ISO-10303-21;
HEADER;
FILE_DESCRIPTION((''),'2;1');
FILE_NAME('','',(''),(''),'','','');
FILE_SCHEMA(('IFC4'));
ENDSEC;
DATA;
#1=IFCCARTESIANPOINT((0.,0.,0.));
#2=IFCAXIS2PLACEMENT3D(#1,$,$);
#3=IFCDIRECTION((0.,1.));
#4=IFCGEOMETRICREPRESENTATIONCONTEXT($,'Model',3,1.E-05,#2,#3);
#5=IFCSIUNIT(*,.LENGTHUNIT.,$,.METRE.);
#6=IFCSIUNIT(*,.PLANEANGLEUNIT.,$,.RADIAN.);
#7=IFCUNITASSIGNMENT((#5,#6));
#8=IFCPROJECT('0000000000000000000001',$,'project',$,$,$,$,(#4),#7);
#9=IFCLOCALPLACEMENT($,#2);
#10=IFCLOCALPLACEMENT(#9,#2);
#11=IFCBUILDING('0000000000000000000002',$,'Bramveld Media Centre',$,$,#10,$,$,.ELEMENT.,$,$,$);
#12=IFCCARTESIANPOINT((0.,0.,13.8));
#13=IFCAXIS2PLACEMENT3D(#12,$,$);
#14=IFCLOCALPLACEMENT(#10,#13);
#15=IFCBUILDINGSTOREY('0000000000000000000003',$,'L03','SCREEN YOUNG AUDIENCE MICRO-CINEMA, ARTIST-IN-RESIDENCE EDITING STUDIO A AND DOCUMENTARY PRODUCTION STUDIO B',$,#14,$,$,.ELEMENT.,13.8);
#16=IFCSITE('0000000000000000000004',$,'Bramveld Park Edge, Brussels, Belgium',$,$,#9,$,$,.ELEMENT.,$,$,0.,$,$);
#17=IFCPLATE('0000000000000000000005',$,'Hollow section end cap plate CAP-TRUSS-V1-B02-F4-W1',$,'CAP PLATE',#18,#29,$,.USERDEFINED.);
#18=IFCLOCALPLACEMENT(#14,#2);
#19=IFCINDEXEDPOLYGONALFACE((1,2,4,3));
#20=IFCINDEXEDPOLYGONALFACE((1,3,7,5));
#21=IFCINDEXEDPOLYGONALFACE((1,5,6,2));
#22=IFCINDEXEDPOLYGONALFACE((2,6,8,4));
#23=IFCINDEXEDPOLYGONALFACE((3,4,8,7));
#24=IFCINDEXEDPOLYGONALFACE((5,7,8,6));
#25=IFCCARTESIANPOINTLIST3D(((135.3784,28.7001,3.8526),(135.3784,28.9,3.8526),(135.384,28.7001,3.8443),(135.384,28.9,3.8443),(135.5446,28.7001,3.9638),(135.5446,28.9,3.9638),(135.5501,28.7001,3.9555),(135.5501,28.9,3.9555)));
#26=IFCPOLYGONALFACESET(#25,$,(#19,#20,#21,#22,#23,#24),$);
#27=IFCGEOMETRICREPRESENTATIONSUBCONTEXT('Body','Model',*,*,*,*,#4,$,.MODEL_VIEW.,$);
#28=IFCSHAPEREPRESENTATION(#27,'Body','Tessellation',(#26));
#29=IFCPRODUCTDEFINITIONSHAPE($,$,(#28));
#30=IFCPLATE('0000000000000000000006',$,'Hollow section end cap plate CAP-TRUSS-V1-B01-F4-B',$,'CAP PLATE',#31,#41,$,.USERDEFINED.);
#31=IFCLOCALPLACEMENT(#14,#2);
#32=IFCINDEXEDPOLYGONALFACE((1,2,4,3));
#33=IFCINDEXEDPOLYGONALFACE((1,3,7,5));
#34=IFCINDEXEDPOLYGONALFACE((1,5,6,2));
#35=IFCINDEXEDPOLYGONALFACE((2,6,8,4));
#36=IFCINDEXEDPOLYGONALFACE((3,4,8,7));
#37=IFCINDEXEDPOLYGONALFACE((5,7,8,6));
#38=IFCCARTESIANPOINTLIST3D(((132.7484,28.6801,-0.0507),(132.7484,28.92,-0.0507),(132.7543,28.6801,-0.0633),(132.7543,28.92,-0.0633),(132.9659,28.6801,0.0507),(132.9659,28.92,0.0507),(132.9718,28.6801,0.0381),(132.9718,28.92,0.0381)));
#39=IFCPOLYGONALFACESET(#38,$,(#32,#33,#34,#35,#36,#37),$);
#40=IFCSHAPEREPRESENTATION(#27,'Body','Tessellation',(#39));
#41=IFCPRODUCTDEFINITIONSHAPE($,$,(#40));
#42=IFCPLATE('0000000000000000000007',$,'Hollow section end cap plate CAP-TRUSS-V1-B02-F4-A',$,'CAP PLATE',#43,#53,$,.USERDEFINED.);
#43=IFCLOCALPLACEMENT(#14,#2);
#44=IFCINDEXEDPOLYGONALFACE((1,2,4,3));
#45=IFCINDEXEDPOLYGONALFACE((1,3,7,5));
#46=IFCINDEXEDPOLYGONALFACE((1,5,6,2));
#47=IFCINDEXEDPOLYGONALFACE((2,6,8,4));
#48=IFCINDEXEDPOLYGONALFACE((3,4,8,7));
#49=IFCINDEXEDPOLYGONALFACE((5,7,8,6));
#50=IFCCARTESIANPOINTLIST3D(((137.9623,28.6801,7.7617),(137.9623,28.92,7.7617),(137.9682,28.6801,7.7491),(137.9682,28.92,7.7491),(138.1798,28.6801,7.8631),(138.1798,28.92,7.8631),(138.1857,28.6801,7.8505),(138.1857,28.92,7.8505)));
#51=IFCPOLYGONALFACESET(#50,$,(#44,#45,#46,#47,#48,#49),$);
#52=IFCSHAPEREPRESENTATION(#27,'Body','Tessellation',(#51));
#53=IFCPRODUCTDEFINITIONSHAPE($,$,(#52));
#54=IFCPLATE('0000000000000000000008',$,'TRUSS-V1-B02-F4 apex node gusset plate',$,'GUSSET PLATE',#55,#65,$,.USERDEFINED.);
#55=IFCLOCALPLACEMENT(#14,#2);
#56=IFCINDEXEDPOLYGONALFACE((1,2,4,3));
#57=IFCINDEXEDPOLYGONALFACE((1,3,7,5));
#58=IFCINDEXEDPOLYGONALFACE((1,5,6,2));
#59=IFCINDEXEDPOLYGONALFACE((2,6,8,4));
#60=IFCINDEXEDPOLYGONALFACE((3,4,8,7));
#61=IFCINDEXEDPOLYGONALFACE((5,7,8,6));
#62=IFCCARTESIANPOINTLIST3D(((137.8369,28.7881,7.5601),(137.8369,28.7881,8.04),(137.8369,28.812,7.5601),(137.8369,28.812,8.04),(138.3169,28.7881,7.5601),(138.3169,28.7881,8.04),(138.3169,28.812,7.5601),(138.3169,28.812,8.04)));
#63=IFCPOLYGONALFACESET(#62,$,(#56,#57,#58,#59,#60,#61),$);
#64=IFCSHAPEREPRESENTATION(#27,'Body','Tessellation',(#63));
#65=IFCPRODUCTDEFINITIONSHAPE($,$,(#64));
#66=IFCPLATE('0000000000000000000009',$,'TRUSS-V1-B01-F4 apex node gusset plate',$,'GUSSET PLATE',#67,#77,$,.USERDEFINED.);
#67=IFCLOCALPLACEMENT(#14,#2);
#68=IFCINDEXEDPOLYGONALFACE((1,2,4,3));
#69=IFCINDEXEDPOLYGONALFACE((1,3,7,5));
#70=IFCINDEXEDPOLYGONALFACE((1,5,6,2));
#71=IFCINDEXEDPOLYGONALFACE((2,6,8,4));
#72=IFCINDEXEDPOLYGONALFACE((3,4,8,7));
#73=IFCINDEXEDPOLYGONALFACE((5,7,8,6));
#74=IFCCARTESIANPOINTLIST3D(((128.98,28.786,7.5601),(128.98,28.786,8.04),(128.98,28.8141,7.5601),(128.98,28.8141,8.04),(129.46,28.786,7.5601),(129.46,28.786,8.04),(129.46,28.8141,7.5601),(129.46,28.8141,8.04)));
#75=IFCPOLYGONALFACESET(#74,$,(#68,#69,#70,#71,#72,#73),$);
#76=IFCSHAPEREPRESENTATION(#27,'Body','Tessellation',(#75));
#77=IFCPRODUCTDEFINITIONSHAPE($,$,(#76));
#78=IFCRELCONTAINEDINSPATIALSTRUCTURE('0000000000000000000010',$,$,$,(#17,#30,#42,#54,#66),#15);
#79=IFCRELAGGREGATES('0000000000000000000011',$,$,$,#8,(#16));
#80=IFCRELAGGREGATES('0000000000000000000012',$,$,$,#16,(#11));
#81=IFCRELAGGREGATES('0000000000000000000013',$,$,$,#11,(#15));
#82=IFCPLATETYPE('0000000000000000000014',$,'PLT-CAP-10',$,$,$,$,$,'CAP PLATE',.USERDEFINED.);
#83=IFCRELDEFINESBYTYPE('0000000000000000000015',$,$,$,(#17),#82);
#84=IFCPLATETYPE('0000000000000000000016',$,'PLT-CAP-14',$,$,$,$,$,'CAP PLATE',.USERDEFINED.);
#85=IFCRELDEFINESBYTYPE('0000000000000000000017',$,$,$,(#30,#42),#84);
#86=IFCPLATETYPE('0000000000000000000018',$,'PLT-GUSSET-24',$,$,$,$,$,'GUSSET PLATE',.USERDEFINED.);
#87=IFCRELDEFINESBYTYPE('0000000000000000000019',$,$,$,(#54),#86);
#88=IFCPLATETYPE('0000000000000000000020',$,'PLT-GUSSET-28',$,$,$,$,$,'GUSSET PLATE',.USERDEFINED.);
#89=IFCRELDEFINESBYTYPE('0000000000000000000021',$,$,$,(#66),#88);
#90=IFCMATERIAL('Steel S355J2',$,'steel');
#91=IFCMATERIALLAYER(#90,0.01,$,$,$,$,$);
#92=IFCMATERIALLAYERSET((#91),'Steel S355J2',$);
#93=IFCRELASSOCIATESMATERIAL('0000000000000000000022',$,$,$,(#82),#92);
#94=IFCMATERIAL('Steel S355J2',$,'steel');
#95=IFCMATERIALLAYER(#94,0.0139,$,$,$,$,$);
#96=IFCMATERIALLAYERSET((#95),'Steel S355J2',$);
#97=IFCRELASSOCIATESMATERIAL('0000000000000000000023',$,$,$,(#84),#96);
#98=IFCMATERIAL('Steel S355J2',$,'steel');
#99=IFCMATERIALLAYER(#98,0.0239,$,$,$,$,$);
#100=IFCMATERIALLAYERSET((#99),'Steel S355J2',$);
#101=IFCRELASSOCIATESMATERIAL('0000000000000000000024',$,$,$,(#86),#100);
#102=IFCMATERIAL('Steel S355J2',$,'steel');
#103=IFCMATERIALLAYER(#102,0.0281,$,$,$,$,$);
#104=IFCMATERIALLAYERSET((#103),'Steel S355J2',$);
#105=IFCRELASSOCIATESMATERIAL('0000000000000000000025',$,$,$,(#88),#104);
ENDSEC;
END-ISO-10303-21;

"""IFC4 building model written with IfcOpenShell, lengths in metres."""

from ifc_helpers import new_model, si_unit, direction, frame, origin, origin_2d, place, context, subcontext, project, spatial, rectangle, extrude, material, layer, layer_set, type_object, element, save


model = new_model("IFC4")

# Units and contexts
model_context = context("Model", 3, precision=1e-05, world=origin(), true_north=direction((0.0, 1.0)))
body_context = subcontext(model_context, "Body", "Model", "MODEL_VIEW")
ifc_project = project(units=[si_unit("LENGTHUNIT", "METRE"), si_unit("PLANEANGLEUNIT", "RADIAN")], contexts=[model_context])

# Site, building, storey
site_placement = place(None, origin())
site = spatial("IfcSite", under=ifc_project, at=site_placement, Name="Bramveld Park Edge, Brussels, Belgium", CompositionType="ELEMENT", RefElevation=0.0)
building_placement = place(site_placement, origin())
building = spatial("IfcBuilding", under=site, at=building_placement, Name="Bramveld Media Centre", CompositionType="ELEMENT")
storey_placement = place(building_placement, frame((0.0, 0.0, 13.8)))
storey = spatial("IfcBuildingStorey", under=building, at=storey_placement, Name="L03", Description="SCREEN YOUNG AUDIENCE MICRO-CINEMA, ARTIST-IN-RESIDENCE EDITING STUDIO A AND DOCUMENTARY PRODUCTION STUDIO B", CompositionType="ELEMENT", Elevation=13.8)

# Plates
ifc_material_1 = material(Name="Steel S355J2", Category="steel")
ifc_layer_1 = layer(ifc_material_1, 0.01)
ifc_layer_set_1 = layer_set([ifc_layer_1], Name="Steel S355J2")
plate_type_1 = type_object("IfcPlateType", Name="PLT-CAP-10", ElementType="CAP PLATE", PredefinedType="USERDEFINED", material=ifc_layer_set_1)
for number, where, z_axis, x_axis, name in (
    (1, (135.467, 28.8, 3.8999), (-0.55616, 0.0, 0.831075), (0.0, -1.0, 0.0), "Hollow section end cap plate CAP-TRUSS-V1-B02-F4-W1"),
):
    element("IfcPlate", number, at=place(storey_placement, frame(where, z_axis=z_axis, x_axis=x_axis)), inside=storey, type_object=plate_type_1, Name=name, ObjectType="CAP PLATE", PredefinedType="USERDEFINED", context=body_context, shape_type="SweptSolid", body=[
        extrude(rectangle(XDim=0.2, YDim=0.2, at=origin_2d()), origin(), (0.0, 0.0, 1.0), 0.01),
    ])
ifc_material_2 = material(Name="Steel S355J2", Category="steel")
ifc_layer_2 = layer(ifc_material_2, 0.0139)
ifc_layer_set_2 = layer_set([ifc_layer_2], Name="Steel S355J2")
plate_type_2 = type_object("IfcPlateType", Name="PLT-CAP-14", ElementType="CAP PLATE", PredefinedType="USERDEFINED", material=ifc_layer_set_2)
for number, where, z_axis, x_axis, name in (
    (2, (132.8572, 28.8, 0.0), (0.422618, 0.0, -0.906308), (0.0, 1.0, 0.0), "Hollow section end cap plate CAP-TRUSS-V1-B01-F4-B"),
    (3, (138.0769, 28.8, 7.7998), (-0.422628, 0.0, 0.906303), (0.0, -1.0, 0.0), "Hollow section end cap plate CAP-TRUSS-V1-B02-F4-A"),
):
    element("IfcPlate", number, at=place(storey_placement, frame(where, z_axis=z_axis, x_axis=x_axis)), inside=storey, type_object=plate_type_2, Name=name, ObjectType="CAP PLATE", PredefinedType="USERDEFINED", context=body_context, shape_type="SweptSolid", body=[
        extrude(rectangle(XDim=0.24, YDim=0.24, at=origin_2d()), origin(), (0.0, 0.0, 1.0), 0.0139),
    ])
ifc_material_3 = material(Name="Steel S355J2", Category="steel")
ifc_layer_3 = layer(ifc_material_3, 0.0239)
ifc_layer_set_3 = layer_set([ifc_layer_3], Name="Steel S355J2")
plate_type_3 = type_object("IfcPlateType", Name="PLT-GUSSET-24", ElementType="GUSSET PLATE", PredefinedType="USERDEFINED", material=ifc_layer_set_3)
plate_1_placement = place(storey_placement, frame((138.0769, 28.8, 7.5601), z_axis=(0.0, 0.0, 1.0), x_axis=(1.0, 0.0, 0.0)))
element("IfcPlate", 4, at=plate_1_placement, inside=storey, type_object=plate_type_3, Name="TRUSS-V1-B02-F4 apex node gusset plate", ObjectType="GUSSET PLATE", PredefinedType="USERDEFINED", context=body_context, shape_type="SweptSolid", body=[
    extrude(rectangle(XDim=0.48, YDim=0.0239, at=origin_2d()), origin(), (0.0, 0.0, 1.0), 0.48),
])
ifc_material_4 = material(Name="Steel S355J2", Category="steel")
ifc_layer_4 = layer(ifc_material_4, 0.0281)
ifc_layer_set_4 = layer_set([ifc_layer_4], Name="Steel S355J2")
plate_type_4 = type_object("IfcPlateType", Name="PLT-GUSSET-28", ElementType="GUSSET PLATE", PredefinedType="USERDEFINED", material=ifc_layer_set_4)
plate_2_placement = place(storey_placement, frame((129.22, 28.8, 7.5601), z_axis=(0.0, 0.0, 1.0), x_axis=(1.0, 0.0, 0.0)))
element("IfcPlate", 5, at=plate_2_placement, inside=storey, type_object=plate_type_4, Name="TRUSS-V1-B01-F4 apex node gusset plate", ObjectType="GUSSET PLATE", PredefinedType="USERDEFINED", context=body_context, shape_type="SweptSolid", body=[
    extrude(rectangle(XDim=0.48, YDim=0.0281, at=origin_2d()), origin(), (0.0, 0.0, 1.0), 0.48),
])

save(model, "model.ifc")
